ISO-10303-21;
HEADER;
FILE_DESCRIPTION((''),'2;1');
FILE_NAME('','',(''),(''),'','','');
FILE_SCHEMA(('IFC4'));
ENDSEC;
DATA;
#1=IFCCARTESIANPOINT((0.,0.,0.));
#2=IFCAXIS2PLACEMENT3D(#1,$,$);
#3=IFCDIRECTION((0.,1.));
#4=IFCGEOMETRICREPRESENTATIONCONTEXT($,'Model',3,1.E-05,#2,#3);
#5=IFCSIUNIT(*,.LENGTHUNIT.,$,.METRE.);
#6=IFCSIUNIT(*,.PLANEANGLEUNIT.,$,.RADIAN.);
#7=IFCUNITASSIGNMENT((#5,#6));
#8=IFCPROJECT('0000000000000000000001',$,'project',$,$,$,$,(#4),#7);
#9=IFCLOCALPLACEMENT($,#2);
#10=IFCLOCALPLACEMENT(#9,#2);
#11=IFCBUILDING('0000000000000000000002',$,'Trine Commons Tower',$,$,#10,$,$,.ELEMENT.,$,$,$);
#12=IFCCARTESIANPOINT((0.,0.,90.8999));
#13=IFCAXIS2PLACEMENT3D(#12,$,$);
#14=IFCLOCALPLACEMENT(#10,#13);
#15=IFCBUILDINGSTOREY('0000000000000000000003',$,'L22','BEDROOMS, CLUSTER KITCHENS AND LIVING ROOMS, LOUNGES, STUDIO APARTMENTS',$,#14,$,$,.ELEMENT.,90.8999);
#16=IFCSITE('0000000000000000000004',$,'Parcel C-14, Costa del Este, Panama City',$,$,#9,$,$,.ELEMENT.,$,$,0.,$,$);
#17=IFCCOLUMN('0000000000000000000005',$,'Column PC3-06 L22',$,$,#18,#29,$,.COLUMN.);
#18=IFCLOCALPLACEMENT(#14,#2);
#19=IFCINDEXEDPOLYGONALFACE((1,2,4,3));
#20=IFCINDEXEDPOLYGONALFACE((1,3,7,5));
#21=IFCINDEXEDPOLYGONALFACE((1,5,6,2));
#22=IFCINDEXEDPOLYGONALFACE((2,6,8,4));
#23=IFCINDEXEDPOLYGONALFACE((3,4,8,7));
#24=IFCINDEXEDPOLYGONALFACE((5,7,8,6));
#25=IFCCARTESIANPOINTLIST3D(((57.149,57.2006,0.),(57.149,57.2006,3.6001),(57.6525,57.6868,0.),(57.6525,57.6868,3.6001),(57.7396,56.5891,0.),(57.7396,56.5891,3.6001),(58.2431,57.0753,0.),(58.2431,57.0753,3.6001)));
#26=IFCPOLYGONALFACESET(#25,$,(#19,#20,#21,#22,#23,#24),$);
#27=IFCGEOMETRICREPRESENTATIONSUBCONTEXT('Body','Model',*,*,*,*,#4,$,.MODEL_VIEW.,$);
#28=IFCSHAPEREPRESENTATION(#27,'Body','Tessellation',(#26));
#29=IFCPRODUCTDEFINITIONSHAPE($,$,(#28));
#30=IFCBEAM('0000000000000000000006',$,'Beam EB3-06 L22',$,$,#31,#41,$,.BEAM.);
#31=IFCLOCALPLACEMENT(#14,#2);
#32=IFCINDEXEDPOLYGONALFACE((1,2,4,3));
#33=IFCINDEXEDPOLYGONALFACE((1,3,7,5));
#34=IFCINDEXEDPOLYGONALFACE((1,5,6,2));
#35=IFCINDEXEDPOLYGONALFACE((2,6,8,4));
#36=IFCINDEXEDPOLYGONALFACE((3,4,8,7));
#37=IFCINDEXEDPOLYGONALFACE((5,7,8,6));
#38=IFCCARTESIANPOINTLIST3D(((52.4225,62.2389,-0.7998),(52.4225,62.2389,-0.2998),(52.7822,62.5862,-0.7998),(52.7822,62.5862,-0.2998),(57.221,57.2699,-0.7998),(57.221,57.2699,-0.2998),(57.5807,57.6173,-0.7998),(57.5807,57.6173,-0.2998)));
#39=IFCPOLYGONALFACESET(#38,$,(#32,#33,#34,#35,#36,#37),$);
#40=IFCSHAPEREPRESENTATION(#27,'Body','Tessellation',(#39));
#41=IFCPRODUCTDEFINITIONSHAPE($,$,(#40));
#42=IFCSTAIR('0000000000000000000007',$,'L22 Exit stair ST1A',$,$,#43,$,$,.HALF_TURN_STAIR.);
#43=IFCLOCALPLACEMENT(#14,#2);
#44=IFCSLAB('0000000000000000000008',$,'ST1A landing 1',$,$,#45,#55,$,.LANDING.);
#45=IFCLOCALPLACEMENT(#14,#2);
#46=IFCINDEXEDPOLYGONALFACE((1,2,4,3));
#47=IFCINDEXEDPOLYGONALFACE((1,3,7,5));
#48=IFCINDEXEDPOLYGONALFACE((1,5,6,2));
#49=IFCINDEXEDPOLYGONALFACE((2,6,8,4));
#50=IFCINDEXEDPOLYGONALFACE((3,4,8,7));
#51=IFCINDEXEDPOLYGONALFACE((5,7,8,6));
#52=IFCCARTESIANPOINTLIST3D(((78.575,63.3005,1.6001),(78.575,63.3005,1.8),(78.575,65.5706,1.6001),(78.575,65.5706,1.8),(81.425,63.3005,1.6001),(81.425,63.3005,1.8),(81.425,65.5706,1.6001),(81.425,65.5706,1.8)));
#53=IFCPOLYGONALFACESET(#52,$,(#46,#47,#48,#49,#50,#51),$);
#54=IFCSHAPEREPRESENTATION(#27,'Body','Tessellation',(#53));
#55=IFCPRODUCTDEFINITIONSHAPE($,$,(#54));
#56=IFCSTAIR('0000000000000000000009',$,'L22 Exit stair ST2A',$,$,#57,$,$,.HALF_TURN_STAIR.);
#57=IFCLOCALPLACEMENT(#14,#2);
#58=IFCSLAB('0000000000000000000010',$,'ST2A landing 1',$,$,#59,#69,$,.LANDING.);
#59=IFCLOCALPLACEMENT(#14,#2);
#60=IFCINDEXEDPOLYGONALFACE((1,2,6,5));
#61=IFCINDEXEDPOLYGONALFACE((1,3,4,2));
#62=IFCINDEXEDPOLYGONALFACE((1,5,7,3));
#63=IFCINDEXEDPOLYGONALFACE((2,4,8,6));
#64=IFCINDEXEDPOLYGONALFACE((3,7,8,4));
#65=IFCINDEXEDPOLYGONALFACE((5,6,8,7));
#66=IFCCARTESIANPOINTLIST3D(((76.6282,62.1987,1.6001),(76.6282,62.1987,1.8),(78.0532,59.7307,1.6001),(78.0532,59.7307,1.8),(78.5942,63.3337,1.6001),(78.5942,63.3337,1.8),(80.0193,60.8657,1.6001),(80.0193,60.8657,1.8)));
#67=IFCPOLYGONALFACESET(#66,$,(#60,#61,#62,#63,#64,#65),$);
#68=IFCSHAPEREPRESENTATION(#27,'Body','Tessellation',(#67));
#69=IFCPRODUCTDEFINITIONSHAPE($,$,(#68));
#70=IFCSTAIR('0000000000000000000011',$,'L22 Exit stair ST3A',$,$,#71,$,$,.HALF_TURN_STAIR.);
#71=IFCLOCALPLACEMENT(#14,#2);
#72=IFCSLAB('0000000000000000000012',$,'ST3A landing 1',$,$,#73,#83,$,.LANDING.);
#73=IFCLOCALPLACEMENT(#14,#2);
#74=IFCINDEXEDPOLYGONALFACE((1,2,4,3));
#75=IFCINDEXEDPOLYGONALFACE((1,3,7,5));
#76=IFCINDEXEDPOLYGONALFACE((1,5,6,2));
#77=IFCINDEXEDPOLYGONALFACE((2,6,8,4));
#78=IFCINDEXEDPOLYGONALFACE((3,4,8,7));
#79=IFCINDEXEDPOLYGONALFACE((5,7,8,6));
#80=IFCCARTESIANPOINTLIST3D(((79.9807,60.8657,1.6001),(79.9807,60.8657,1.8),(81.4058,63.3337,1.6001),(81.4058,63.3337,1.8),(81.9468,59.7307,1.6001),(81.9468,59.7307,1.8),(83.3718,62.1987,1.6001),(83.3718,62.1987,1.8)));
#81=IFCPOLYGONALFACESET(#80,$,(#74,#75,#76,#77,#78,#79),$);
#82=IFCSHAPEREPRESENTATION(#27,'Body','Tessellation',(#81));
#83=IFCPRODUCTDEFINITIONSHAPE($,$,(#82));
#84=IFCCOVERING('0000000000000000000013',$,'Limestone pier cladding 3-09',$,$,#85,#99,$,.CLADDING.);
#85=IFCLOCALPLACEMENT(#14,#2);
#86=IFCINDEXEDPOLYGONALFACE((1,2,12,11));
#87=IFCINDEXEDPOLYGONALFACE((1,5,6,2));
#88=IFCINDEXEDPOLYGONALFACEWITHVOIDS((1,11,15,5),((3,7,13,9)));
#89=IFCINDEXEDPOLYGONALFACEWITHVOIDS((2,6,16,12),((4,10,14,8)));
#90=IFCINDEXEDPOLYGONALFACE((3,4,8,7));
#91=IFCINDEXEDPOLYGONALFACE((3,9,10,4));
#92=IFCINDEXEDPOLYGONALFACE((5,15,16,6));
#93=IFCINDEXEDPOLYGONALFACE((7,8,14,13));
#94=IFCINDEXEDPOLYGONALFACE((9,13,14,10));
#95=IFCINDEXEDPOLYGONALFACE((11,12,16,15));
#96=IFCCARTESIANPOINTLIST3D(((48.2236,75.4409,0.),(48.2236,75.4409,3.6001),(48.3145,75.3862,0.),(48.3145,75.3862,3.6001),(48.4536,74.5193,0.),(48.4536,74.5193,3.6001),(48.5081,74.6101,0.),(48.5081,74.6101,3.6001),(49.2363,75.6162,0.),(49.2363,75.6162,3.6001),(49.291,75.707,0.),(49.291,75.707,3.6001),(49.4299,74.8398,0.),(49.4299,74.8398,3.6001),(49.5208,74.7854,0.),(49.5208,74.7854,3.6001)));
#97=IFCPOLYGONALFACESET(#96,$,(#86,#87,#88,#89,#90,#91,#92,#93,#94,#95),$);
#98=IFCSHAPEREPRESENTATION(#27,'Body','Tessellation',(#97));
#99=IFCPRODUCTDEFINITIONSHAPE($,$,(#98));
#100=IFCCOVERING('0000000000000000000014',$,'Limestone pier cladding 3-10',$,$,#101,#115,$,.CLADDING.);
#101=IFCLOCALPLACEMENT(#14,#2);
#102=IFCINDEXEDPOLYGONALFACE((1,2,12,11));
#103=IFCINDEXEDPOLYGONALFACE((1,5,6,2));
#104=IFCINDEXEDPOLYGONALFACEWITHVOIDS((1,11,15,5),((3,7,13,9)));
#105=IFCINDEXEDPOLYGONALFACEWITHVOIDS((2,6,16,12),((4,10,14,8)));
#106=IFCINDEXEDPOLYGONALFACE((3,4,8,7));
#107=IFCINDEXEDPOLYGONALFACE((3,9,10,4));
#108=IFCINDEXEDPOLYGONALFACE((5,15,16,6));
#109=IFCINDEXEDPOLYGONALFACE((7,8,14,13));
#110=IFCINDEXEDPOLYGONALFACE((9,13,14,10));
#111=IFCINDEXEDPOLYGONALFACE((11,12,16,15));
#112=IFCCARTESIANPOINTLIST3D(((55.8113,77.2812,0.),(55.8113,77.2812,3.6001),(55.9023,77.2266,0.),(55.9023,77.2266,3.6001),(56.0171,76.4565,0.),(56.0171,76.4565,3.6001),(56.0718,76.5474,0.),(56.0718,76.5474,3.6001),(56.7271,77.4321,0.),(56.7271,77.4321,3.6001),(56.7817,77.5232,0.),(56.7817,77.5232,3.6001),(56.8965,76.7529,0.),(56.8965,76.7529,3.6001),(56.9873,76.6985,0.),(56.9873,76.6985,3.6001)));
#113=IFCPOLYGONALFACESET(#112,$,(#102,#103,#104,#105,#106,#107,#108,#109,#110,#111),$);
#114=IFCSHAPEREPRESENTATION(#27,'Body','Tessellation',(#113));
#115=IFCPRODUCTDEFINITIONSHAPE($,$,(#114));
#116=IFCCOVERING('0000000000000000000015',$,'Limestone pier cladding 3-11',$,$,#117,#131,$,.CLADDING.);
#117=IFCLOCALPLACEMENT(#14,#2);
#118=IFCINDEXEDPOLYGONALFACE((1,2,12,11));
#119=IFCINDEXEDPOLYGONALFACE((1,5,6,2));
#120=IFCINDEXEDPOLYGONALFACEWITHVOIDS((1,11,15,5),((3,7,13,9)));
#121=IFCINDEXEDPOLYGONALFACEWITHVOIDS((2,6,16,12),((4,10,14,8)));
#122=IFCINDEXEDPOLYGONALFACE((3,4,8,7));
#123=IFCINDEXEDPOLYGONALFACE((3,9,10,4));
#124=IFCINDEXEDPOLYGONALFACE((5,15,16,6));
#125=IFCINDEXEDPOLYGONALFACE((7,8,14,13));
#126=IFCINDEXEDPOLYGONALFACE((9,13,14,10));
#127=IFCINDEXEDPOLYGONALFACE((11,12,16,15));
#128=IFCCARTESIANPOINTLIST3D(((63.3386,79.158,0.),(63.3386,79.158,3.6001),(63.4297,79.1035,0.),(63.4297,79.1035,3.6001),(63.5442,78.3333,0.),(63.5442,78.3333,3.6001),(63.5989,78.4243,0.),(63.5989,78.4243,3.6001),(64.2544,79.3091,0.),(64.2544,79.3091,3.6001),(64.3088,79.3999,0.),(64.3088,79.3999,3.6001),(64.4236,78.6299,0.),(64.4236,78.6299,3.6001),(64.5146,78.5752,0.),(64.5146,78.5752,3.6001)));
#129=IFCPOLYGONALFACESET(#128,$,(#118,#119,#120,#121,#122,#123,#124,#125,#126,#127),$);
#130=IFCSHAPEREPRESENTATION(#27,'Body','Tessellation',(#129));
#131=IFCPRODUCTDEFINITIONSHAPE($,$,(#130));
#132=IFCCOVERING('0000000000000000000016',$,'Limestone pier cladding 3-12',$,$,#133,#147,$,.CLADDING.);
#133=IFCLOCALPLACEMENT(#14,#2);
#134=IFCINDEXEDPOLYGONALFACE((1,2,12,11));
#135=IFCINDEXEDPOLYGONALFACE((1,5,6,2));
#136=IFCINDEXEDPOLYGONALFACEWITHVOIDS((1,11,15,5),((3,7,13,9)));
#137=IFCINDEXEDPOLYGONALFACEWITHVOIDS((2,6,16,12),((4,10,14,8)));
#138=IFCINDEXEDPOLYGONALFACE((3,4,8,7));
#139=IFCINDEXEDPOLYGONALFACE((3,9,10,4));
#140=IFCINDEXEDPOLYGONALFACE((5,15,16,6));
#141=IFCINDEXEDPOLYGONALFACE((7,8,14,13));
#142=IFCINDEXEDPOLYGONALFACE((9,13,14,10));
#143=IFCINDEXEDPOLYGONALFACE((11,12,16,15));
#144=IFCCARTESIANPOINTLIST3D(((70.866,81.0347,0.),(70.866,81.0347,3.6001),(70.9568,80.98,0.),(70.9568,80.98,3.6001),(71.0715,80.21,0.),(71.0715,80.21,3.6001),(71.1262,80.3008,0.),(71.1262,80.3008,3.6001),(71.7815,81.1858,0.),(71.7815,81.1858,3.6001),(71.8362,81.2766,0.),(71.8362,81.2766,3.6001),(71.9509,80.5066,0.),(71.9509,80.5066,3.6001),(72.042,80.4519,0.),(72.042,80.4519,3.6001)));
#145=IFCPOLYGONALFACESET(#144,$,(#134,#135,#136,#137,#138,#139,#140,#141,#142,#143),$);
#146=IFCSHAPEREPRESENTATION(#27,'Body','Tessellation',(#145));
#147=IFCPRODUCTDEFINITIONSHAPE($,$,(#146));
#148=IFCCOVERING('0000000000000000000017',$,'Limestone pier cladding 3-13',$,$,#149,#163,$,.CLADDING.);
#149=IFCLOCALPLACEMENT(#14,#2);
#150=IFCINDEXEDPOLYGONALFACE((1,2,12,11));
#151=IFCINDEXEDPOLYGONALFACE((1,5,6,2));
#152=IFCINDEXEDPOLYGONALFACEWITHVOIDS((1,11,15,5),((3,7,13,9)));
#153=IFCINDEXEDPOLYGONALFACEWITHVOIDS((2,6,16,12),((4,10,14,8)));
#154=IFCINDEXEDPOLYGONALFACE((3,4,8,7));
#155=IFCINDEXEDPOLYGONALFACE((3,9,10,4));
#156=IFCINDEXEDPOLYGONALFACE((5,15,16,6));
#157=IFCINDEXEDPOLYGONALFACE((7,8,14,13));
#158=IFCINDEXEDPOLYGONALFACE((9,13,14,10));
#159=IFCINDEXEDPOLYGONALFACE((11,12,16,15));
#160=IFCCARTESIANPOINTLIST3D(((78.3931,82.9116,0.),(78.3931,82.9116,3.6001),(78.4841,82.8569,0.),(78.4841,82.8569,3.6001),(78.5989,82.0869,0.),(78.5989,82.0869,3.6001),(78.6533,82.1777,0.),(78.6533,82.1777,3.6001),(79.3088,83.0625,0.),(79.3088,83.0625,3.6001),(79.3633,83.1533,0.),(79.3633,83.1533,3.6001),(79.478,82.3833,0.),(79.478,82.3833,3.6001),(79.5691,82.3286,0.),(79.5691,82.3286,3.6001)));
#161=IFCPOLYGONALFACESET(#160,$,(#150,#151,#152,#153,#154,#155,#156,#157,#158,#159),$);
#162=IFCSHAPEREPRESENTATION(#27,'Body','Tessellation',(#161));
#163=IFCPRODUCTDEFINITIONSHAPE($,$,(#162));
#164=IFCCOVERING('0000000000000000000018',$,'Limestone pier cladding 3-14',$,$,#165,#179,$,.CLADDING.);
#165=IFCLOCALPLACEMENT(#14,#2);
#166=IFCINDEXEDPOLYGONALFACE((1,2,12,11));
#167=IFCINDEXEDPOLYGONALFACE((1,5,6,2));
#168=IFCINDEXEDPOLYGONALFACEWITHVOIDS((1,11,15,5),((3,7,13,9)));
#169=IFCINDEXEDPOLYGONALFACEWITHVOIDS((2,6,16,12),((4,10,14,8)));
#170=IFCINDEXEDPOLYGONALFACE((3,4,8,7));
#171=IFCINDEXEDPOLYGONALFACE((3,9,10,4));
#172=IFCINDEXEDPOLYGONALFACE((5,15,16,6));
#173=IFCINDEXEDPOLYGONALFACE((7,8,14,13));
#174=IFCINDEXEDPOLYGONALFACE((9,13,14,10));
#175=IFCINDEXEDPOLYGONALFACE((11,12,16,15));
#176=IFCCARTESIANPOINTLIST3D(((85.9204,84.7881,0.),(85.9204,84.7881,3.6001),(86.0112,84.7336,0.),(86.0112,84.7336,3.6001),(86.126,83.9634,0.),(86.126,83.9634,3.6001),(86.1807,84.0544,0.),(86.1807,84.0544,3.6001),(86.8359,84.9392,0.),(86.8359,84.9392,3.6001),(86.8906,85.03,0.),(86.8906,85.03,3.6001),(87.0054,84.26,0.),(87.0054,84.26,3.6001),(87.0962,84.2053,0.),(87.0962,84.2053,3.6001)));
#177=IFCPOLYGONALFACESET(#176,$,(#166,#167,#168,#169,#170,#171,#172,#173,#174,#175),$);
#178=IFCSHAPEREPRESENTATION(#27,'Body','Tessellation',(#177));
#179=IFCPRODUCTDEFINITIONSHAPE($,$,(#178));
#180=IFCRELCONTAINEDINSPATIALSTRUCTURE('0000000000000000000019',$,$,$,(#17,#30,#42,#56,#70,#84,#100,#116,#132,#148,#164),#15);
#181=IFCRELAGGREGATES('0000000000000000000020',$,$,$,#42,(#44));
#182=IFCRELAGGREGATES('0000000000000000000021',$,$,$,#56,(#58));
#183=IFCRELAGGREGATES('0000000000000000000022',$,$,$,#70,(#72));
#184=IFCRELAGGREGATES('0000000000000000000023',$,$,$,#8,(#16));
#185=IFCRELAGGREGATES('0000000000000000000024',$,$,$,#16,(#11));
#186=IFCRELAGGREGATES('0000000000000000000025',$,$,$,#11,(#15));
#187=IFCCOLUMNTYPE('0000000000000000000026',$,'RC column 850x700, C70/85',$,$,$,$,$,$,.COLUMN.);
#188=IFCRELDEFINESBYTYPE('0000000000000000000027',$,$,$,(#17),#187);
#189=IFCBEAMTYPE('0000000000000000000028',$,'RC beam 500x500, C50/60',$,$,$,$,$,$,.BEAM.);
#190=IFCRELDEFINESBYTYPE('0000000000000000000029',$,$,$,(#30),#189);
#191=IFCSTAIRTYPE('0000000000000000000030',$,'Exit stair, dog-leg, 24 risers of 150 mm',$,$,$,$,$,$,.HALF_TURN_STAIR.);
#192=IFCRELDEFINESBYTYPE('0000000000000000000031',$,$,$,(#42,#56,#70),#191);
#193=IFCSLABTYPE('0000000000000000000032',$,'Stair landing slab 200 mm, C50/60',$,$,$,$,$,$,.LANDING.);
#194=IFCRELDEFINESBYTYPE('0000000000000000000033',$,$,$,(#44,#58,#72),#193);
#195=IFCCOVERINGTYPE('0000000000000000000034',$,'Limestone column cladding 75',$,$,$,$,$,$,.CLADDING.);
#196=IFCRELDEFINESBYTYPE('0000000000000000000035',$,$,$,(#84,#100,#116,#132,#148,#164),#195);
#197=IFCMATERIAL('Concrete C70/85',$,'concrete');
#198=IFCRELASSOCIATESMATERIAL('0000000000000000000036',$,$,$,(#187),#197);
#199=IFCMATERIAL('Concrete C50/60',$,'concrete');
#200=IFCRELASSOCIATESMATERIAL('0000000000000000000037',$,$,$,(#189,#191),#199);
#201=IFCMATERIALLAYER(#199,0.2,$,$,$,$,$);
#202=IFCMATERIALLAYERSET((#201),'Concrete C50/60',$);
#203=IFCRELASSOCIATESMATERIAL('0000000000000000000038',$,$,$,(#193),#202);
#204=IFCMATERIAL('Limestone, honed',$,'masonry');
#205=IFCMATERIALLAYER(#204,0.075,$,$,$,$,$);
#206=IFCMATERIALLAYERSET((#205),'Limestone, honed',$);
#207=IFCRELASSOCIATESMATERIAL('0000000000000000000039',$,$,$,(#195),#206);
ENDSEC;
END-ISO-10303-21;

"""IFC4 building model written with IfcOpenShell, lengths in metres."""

from ifc_helpers import new_model, si_unit, direction, frame, origin, origin_2d, place, context, subcontext, project, spatial, polyline, rectangle, outline, extrude, material, layer, layer_set, material_profile, profile_set, type_object, element, aggregate, save


model = new_model("IFC4")

# Units and contexts
model_context = context("Model", 3, precision=1e-05, world=origin(), true_north=direction((0.0, 1.0)))
body_context = subcontext(model_context, "Body", "Model", "MODEL_VIEW")
ifc_project = project(units=[si_unit("LENGTHUNIT", "METRE"), si_unit("PLANEANGLEUNIT", "RADIAN")], contexts=[model_context])

# Site, building, storey
site_placement = place(None, origin())
site = spatial("IfcSite", under=ifc_project, at=site_placement, Name="Parcel C-14, Costa del Este, Panama City", CompositionType="ELEMENT", RefElevation=0.0)
building_placement = place(site_placement, origin())
building = spatial("IfcBuilding", under=site, at=building_placement, Name="Trine Commons Tower", CompositionType="ELEMENT")
storey_placement = place(building_placement, frame((0.0, 0.0, 90.8999)))
storey = spatial("IfcBuildingStorey", under=building, at=storey_placement, Name="L22", Description="BEDROOMS, CLUSTER KITCHENS AND LIVING ROOMS, LOUNGES, STUDIO APARTMENTS", CompositionType="ELEMENT", Elevation=90.8999)

# Column
ifc_material_1 = material(Name="Concrete C70/85", Category="concrete")
ifc_material_profile_1 = material_profile(ifc_material_1, rectangle(XDim=0.8501, YDim=0.7, at=origin_2d()), Name="RC 850x700")
ifc_profile_set_1 = profile_set([ifc_material_profile_1], Name="Concrete C70/85")
column_type = type_object("IfcColumnType", Name="RC column 850x700, C70/85", PredefinedType="COLUMN", material=ifc_profile_set_1)
column_placement = place(storey_placement, frame((57.696, 57.1379, 0.0), z_axis=(0.0, 0.0, 1.0), x_axis=(-0.694658, 0.71934, 0.0)))
element("IfcColumn", 1, at=column_placement, inside=storey, type_object=column_type, Name="Column PC3-06 L22", PredefinedType="COLUMN", context=body_context, shape_type="SweptSolid", body=[
    extrude(rectangle(XDim=0.8501, YDim=0.7, at=origin_2d()), origin(), (0.0, 0.0, 1.0), 3.6001),
])

# Beam
ifc_material_2 = material(Name="Concrete C50/60", Category="concrete")
ifc_material_profile_2 = material_profile(ifc_material_2, rectangle(XDim=0.5, YDim=0.5, at=origin_2d()), Name="RC 500x500")
ifc_profile_set_2 = profile_set([ifc_material_profile_2], Name="Concrete C50/60")
beam_type = type_object("IfcBeamType", Name="RC beam 500x500, C50/60", PredefinedType="BEAM", material=ifc_profile_set_2)
beam_placement = place(storey_placement, frame((57.4009, 57.4436, -0.5498), z_axis=(-0.694665, 0.719334, 0.0), x_axis=(-0.719334, -0.694665, 0.0)))
element("IfcBeam", 2, at=beam_placement, inside=storey, type_object=beam_type, Name="Beam EB3-06 L22", PredefinedType="BEAM", context=body_context, shape_type="SweptSolid", body=[
    extrude(rectangle(XDim=0.5, YDim=0.5, at=origin_2d()), origin(), (0.0, 0.0, 1.0), 6.9077),
])

# Stairs, slabs
stair_type = type_object("IfcStairType", Name="Exit stair, dog-leg, 24 risers of 150 mm", PredefinedType="HALF_TURN_STAIR", material=ifc_material_2)
stair_1_placement = place(storey_placement, origin())
stair_1 = element("IfcStair", 3, at=stair_1_placement, inside=storey, type_object=stair_type, Name="L22 Exit stair ST1A", PredefinedType="HALF_TURN_STAIR")
ifc_layer_1 = layer(ifc_material_2, 0.2)
ifc_layer_set_1 = layer_set([ifc_layer_1], Name="Concrete C50/60")
slab_type = type_object("IfcSlabType", Name="Stair landing slab 200 mm, C50/60", PredefinedType="LANDING", material=ifc_layer_set_1)
slab_1_placement = place(storey_placement, frame((0.0, 0.0, 1.6001)))
slab_1 = element("IfcSlab", 4, at=slab_1_placement, type_object=slab_type, Name="ST1A landing 1", PredefinedType="LANDING", context=body_context, shape_type="SweptSolid", body=[
    extrude(outline(polyline([(78.575, 65.5706), (78.575, 63.3005), (81.425, 63.3005), (81.425, 65.5706), (78.575, 65.5706)])), origin(), (0.0, 0.0, 1.0), 0.2),
])
aggregate(stair_1, [slab_1])
stair_2_placement = place(storey_placement, origin())
stair_2 = element("IfcStair", 5, at=stair_2_placement, inside=storey, type_object=stair_type, Name="L22 Exit stair ST2A", PredefinedType="HALF_TURN_STAIR")
slab_2_placement = place(storey_placement, frame((0.0, 0.0, 1.6001)))
slab_2 = element("IfcSlab", 6, at=slab_2_placement, type_object=slab_type, Name="ST2A landing 1", PredefinedType="LANDING", context=body_context, shape_type="SweptSolid", body=[
    extrude(outline(polyline([(78.0532, 59.7307), (80.0193, 60.8657), (78.5942, 63.3337), (76.6282, 62.1987), (78.0532, 59.7307)])), origin(), (0.0, 0.0, 1.0), 0.2),
])
aggregate(stair_2, [slab_2])
stair_3_placement = place(storey_placement, origin())
stair_3 = element("IfcStair", 7, at=stair_3_placement, inside=storey, type_object=stair_type, Name="L22 Exit stair ST3A", PredefinedType="HALF_TURN_STAIR")
slab_3_placement = place(storey_placement, frame((0.0, 0.0, 1.6001)))
slab_3 = element("IfcSlab", 8, at=slab_3_placement, type_object=slab_type, Name="ST3A landing 1", PredefinedType="LANDING", context=body_context, shape_type="SweptSolid", body=[
    extrude(outline(polyline([(83.3718, 62.1987), (81.4058, 63.3337), (79.9807, 60.8657), (81.9468, 59.7307), (83.3718, 62.1987)])), origin(), (0.0, 0.0, 1.0), 0.2),
])
aggregate(stair_3, [slab_3])

# Coverings
ifc_material_3 = material(Name="Limestone, honed", Category="masonry")
ifc_layer_2 = layer(ifc_material_3, 0.075)
ifc_layer_set_2 = layer_set([ifc_layer_2], Name="Limestone, honed")
covering_type_1 = type_object("IfcCoveringType", Name="Limestone column cladding 75", PredefinedType="CLADDING", material=ifc_layer_set_2)
covering_1_placement = place(storey_placement, origin())
element("IfcCovering", 9, at=covering_1_placement, inside=storey, type_object=covering_type_1, Name="Limestone pier cladding 3-09", PredefinedType="CLADDING", context=body_context, shape_type="SweptSolid", body=[
    extrude(outline(polyline([(49.5208, 74.7854), (49.291, 75.707), (48.2236, 75.4409), (48.4536, 74.5193), (49.5208, 74.7854)]), holes=[polyline([(49.4299, 74.8398), (49.2363, 75.6162), (48.3145, 75.3862), (48.5081, 74.6101), (49.4299, 74.8398)])]), origin(), (0.0, 0.0, 1.0), 3.6001),
])
covering_2_placement = place(storey_placement, origin())
element("IfcCovering", 10, at=covering_2_placement, inside=storey, type_object=covering_type_1, Name="Limestone pier cladding 3-10", PredefinedType="CLADDING", context=body_context, shape_type="SweptSolid", body=[
    extrude(outline(polyline([(56.9873, 76.6985), (56.7817, 77.5232), (55.8113, 77.2812), (56.0171, 76.4565), (56.9873, 76.6985)]), holes=[polyline([(56.8965, 76.7529), (56.7271, 77.4321), (55.9023, 77.2266), (56.0718, 76.5474), (56.8965, 76.7529)])]), origin(), (0.0, 0.0, 1.0), 3.6001),
])
covering_3_placement = place(storey_placement, origin())
element("IfcCovering", 11, at=covering_3_placement, inside=storey, type_object=covering_type_1, Name="Limestone pier cladding 3-11", PredefinedType="CLADDING", context=body_context, shape_type="SweptSolid", body=[
    extrude(outline(polyline([(64.5146, 78.5752), (64.3088, 79.3999), (63.3386, 79.158), (63.5442, 78.3333), (64.5146, 78.5752)]), holes=[polyline([(64.4236, 78.6299), (64.2544, 79.3091), (63.4297, 79.1035), (63.5989, 78.4243), (64.4236, 78.6299)])]), origin(), (0.0, 0.0, 1.0), 3.6001),
])
covering_4_placement = place(storey_placement, origin())
element("IfcCovering", 12, at=covering_4_placement, inside=storey, type_object=covering_type_1, Name="Limestone pier cladding 3-12", PredefinedType="CLADDING", context=body_context, shape_type="SweptSolid", body=[
    extrude(outline(polyline([(72.042, 80.4519), (71.8362, 81.2766), (70.866, 81.0347), (71.0715, 80.21), (72.042, 80.4519)]), holes=[polyline([(71.9509, 80.5066), (71.7815, 81.1858), (70.9568, 80.98), (71.1262, 80.3008), (71.9509, 80.5066)])]), origin(), (0.0, 0.0, 1.0), 3.6001),
])
covering_5_placement = place(storey_placement, origin())
element("IfcCovering", 13, at=covering_5_placement, inside=storey, type_object=covering_type_1, Name="Limestone pier cladding 3-13", PredefinedType="CLADDING", context=body_context, shape_type="SweptSolid", body=[
    extrude(outline(polyline([(79.5691, 82.3286), (79.3633, 83.1533), (78.3931, 82.9116), (78.5989, 82.0869), (79.5691, 82.3286)]), holes=[polyline([(79.478, 82.3833), (79.3088, 83.0625), (78.4841, 82.8569), (78.6533, 82.1777), (79.478, 82.3833)])]), origin(), (0.0, 0.0, 1.0), 3.6001),
])
covering_6_placement = place(storey_placement, origin())
element("IfcCovering", 14, at=covering_6_placement, inside=storey, type_object=covering_type_1, Name="Limestone pier cladding 3-14", PredefinedType="CLADDING", context=body_context, shape_type="SweptSolid", body=[
    extrude(outline(polyline([(87.0962, 84.2053), (86.8906, 85.03), (85.9204, 84.7881), (86.126, 83.9634), (87.0962, 84.2053)]), holes=[polyline([(87.0054, 84.26), (86.8359, 84.9392), (86.0112, 84.7336), (86.1807, 84.0544), (87.0054, 84.26)])]), origin(), (0.0, 0.0, 1.0), 3.6001),
])

save(model, "model.ifc")
